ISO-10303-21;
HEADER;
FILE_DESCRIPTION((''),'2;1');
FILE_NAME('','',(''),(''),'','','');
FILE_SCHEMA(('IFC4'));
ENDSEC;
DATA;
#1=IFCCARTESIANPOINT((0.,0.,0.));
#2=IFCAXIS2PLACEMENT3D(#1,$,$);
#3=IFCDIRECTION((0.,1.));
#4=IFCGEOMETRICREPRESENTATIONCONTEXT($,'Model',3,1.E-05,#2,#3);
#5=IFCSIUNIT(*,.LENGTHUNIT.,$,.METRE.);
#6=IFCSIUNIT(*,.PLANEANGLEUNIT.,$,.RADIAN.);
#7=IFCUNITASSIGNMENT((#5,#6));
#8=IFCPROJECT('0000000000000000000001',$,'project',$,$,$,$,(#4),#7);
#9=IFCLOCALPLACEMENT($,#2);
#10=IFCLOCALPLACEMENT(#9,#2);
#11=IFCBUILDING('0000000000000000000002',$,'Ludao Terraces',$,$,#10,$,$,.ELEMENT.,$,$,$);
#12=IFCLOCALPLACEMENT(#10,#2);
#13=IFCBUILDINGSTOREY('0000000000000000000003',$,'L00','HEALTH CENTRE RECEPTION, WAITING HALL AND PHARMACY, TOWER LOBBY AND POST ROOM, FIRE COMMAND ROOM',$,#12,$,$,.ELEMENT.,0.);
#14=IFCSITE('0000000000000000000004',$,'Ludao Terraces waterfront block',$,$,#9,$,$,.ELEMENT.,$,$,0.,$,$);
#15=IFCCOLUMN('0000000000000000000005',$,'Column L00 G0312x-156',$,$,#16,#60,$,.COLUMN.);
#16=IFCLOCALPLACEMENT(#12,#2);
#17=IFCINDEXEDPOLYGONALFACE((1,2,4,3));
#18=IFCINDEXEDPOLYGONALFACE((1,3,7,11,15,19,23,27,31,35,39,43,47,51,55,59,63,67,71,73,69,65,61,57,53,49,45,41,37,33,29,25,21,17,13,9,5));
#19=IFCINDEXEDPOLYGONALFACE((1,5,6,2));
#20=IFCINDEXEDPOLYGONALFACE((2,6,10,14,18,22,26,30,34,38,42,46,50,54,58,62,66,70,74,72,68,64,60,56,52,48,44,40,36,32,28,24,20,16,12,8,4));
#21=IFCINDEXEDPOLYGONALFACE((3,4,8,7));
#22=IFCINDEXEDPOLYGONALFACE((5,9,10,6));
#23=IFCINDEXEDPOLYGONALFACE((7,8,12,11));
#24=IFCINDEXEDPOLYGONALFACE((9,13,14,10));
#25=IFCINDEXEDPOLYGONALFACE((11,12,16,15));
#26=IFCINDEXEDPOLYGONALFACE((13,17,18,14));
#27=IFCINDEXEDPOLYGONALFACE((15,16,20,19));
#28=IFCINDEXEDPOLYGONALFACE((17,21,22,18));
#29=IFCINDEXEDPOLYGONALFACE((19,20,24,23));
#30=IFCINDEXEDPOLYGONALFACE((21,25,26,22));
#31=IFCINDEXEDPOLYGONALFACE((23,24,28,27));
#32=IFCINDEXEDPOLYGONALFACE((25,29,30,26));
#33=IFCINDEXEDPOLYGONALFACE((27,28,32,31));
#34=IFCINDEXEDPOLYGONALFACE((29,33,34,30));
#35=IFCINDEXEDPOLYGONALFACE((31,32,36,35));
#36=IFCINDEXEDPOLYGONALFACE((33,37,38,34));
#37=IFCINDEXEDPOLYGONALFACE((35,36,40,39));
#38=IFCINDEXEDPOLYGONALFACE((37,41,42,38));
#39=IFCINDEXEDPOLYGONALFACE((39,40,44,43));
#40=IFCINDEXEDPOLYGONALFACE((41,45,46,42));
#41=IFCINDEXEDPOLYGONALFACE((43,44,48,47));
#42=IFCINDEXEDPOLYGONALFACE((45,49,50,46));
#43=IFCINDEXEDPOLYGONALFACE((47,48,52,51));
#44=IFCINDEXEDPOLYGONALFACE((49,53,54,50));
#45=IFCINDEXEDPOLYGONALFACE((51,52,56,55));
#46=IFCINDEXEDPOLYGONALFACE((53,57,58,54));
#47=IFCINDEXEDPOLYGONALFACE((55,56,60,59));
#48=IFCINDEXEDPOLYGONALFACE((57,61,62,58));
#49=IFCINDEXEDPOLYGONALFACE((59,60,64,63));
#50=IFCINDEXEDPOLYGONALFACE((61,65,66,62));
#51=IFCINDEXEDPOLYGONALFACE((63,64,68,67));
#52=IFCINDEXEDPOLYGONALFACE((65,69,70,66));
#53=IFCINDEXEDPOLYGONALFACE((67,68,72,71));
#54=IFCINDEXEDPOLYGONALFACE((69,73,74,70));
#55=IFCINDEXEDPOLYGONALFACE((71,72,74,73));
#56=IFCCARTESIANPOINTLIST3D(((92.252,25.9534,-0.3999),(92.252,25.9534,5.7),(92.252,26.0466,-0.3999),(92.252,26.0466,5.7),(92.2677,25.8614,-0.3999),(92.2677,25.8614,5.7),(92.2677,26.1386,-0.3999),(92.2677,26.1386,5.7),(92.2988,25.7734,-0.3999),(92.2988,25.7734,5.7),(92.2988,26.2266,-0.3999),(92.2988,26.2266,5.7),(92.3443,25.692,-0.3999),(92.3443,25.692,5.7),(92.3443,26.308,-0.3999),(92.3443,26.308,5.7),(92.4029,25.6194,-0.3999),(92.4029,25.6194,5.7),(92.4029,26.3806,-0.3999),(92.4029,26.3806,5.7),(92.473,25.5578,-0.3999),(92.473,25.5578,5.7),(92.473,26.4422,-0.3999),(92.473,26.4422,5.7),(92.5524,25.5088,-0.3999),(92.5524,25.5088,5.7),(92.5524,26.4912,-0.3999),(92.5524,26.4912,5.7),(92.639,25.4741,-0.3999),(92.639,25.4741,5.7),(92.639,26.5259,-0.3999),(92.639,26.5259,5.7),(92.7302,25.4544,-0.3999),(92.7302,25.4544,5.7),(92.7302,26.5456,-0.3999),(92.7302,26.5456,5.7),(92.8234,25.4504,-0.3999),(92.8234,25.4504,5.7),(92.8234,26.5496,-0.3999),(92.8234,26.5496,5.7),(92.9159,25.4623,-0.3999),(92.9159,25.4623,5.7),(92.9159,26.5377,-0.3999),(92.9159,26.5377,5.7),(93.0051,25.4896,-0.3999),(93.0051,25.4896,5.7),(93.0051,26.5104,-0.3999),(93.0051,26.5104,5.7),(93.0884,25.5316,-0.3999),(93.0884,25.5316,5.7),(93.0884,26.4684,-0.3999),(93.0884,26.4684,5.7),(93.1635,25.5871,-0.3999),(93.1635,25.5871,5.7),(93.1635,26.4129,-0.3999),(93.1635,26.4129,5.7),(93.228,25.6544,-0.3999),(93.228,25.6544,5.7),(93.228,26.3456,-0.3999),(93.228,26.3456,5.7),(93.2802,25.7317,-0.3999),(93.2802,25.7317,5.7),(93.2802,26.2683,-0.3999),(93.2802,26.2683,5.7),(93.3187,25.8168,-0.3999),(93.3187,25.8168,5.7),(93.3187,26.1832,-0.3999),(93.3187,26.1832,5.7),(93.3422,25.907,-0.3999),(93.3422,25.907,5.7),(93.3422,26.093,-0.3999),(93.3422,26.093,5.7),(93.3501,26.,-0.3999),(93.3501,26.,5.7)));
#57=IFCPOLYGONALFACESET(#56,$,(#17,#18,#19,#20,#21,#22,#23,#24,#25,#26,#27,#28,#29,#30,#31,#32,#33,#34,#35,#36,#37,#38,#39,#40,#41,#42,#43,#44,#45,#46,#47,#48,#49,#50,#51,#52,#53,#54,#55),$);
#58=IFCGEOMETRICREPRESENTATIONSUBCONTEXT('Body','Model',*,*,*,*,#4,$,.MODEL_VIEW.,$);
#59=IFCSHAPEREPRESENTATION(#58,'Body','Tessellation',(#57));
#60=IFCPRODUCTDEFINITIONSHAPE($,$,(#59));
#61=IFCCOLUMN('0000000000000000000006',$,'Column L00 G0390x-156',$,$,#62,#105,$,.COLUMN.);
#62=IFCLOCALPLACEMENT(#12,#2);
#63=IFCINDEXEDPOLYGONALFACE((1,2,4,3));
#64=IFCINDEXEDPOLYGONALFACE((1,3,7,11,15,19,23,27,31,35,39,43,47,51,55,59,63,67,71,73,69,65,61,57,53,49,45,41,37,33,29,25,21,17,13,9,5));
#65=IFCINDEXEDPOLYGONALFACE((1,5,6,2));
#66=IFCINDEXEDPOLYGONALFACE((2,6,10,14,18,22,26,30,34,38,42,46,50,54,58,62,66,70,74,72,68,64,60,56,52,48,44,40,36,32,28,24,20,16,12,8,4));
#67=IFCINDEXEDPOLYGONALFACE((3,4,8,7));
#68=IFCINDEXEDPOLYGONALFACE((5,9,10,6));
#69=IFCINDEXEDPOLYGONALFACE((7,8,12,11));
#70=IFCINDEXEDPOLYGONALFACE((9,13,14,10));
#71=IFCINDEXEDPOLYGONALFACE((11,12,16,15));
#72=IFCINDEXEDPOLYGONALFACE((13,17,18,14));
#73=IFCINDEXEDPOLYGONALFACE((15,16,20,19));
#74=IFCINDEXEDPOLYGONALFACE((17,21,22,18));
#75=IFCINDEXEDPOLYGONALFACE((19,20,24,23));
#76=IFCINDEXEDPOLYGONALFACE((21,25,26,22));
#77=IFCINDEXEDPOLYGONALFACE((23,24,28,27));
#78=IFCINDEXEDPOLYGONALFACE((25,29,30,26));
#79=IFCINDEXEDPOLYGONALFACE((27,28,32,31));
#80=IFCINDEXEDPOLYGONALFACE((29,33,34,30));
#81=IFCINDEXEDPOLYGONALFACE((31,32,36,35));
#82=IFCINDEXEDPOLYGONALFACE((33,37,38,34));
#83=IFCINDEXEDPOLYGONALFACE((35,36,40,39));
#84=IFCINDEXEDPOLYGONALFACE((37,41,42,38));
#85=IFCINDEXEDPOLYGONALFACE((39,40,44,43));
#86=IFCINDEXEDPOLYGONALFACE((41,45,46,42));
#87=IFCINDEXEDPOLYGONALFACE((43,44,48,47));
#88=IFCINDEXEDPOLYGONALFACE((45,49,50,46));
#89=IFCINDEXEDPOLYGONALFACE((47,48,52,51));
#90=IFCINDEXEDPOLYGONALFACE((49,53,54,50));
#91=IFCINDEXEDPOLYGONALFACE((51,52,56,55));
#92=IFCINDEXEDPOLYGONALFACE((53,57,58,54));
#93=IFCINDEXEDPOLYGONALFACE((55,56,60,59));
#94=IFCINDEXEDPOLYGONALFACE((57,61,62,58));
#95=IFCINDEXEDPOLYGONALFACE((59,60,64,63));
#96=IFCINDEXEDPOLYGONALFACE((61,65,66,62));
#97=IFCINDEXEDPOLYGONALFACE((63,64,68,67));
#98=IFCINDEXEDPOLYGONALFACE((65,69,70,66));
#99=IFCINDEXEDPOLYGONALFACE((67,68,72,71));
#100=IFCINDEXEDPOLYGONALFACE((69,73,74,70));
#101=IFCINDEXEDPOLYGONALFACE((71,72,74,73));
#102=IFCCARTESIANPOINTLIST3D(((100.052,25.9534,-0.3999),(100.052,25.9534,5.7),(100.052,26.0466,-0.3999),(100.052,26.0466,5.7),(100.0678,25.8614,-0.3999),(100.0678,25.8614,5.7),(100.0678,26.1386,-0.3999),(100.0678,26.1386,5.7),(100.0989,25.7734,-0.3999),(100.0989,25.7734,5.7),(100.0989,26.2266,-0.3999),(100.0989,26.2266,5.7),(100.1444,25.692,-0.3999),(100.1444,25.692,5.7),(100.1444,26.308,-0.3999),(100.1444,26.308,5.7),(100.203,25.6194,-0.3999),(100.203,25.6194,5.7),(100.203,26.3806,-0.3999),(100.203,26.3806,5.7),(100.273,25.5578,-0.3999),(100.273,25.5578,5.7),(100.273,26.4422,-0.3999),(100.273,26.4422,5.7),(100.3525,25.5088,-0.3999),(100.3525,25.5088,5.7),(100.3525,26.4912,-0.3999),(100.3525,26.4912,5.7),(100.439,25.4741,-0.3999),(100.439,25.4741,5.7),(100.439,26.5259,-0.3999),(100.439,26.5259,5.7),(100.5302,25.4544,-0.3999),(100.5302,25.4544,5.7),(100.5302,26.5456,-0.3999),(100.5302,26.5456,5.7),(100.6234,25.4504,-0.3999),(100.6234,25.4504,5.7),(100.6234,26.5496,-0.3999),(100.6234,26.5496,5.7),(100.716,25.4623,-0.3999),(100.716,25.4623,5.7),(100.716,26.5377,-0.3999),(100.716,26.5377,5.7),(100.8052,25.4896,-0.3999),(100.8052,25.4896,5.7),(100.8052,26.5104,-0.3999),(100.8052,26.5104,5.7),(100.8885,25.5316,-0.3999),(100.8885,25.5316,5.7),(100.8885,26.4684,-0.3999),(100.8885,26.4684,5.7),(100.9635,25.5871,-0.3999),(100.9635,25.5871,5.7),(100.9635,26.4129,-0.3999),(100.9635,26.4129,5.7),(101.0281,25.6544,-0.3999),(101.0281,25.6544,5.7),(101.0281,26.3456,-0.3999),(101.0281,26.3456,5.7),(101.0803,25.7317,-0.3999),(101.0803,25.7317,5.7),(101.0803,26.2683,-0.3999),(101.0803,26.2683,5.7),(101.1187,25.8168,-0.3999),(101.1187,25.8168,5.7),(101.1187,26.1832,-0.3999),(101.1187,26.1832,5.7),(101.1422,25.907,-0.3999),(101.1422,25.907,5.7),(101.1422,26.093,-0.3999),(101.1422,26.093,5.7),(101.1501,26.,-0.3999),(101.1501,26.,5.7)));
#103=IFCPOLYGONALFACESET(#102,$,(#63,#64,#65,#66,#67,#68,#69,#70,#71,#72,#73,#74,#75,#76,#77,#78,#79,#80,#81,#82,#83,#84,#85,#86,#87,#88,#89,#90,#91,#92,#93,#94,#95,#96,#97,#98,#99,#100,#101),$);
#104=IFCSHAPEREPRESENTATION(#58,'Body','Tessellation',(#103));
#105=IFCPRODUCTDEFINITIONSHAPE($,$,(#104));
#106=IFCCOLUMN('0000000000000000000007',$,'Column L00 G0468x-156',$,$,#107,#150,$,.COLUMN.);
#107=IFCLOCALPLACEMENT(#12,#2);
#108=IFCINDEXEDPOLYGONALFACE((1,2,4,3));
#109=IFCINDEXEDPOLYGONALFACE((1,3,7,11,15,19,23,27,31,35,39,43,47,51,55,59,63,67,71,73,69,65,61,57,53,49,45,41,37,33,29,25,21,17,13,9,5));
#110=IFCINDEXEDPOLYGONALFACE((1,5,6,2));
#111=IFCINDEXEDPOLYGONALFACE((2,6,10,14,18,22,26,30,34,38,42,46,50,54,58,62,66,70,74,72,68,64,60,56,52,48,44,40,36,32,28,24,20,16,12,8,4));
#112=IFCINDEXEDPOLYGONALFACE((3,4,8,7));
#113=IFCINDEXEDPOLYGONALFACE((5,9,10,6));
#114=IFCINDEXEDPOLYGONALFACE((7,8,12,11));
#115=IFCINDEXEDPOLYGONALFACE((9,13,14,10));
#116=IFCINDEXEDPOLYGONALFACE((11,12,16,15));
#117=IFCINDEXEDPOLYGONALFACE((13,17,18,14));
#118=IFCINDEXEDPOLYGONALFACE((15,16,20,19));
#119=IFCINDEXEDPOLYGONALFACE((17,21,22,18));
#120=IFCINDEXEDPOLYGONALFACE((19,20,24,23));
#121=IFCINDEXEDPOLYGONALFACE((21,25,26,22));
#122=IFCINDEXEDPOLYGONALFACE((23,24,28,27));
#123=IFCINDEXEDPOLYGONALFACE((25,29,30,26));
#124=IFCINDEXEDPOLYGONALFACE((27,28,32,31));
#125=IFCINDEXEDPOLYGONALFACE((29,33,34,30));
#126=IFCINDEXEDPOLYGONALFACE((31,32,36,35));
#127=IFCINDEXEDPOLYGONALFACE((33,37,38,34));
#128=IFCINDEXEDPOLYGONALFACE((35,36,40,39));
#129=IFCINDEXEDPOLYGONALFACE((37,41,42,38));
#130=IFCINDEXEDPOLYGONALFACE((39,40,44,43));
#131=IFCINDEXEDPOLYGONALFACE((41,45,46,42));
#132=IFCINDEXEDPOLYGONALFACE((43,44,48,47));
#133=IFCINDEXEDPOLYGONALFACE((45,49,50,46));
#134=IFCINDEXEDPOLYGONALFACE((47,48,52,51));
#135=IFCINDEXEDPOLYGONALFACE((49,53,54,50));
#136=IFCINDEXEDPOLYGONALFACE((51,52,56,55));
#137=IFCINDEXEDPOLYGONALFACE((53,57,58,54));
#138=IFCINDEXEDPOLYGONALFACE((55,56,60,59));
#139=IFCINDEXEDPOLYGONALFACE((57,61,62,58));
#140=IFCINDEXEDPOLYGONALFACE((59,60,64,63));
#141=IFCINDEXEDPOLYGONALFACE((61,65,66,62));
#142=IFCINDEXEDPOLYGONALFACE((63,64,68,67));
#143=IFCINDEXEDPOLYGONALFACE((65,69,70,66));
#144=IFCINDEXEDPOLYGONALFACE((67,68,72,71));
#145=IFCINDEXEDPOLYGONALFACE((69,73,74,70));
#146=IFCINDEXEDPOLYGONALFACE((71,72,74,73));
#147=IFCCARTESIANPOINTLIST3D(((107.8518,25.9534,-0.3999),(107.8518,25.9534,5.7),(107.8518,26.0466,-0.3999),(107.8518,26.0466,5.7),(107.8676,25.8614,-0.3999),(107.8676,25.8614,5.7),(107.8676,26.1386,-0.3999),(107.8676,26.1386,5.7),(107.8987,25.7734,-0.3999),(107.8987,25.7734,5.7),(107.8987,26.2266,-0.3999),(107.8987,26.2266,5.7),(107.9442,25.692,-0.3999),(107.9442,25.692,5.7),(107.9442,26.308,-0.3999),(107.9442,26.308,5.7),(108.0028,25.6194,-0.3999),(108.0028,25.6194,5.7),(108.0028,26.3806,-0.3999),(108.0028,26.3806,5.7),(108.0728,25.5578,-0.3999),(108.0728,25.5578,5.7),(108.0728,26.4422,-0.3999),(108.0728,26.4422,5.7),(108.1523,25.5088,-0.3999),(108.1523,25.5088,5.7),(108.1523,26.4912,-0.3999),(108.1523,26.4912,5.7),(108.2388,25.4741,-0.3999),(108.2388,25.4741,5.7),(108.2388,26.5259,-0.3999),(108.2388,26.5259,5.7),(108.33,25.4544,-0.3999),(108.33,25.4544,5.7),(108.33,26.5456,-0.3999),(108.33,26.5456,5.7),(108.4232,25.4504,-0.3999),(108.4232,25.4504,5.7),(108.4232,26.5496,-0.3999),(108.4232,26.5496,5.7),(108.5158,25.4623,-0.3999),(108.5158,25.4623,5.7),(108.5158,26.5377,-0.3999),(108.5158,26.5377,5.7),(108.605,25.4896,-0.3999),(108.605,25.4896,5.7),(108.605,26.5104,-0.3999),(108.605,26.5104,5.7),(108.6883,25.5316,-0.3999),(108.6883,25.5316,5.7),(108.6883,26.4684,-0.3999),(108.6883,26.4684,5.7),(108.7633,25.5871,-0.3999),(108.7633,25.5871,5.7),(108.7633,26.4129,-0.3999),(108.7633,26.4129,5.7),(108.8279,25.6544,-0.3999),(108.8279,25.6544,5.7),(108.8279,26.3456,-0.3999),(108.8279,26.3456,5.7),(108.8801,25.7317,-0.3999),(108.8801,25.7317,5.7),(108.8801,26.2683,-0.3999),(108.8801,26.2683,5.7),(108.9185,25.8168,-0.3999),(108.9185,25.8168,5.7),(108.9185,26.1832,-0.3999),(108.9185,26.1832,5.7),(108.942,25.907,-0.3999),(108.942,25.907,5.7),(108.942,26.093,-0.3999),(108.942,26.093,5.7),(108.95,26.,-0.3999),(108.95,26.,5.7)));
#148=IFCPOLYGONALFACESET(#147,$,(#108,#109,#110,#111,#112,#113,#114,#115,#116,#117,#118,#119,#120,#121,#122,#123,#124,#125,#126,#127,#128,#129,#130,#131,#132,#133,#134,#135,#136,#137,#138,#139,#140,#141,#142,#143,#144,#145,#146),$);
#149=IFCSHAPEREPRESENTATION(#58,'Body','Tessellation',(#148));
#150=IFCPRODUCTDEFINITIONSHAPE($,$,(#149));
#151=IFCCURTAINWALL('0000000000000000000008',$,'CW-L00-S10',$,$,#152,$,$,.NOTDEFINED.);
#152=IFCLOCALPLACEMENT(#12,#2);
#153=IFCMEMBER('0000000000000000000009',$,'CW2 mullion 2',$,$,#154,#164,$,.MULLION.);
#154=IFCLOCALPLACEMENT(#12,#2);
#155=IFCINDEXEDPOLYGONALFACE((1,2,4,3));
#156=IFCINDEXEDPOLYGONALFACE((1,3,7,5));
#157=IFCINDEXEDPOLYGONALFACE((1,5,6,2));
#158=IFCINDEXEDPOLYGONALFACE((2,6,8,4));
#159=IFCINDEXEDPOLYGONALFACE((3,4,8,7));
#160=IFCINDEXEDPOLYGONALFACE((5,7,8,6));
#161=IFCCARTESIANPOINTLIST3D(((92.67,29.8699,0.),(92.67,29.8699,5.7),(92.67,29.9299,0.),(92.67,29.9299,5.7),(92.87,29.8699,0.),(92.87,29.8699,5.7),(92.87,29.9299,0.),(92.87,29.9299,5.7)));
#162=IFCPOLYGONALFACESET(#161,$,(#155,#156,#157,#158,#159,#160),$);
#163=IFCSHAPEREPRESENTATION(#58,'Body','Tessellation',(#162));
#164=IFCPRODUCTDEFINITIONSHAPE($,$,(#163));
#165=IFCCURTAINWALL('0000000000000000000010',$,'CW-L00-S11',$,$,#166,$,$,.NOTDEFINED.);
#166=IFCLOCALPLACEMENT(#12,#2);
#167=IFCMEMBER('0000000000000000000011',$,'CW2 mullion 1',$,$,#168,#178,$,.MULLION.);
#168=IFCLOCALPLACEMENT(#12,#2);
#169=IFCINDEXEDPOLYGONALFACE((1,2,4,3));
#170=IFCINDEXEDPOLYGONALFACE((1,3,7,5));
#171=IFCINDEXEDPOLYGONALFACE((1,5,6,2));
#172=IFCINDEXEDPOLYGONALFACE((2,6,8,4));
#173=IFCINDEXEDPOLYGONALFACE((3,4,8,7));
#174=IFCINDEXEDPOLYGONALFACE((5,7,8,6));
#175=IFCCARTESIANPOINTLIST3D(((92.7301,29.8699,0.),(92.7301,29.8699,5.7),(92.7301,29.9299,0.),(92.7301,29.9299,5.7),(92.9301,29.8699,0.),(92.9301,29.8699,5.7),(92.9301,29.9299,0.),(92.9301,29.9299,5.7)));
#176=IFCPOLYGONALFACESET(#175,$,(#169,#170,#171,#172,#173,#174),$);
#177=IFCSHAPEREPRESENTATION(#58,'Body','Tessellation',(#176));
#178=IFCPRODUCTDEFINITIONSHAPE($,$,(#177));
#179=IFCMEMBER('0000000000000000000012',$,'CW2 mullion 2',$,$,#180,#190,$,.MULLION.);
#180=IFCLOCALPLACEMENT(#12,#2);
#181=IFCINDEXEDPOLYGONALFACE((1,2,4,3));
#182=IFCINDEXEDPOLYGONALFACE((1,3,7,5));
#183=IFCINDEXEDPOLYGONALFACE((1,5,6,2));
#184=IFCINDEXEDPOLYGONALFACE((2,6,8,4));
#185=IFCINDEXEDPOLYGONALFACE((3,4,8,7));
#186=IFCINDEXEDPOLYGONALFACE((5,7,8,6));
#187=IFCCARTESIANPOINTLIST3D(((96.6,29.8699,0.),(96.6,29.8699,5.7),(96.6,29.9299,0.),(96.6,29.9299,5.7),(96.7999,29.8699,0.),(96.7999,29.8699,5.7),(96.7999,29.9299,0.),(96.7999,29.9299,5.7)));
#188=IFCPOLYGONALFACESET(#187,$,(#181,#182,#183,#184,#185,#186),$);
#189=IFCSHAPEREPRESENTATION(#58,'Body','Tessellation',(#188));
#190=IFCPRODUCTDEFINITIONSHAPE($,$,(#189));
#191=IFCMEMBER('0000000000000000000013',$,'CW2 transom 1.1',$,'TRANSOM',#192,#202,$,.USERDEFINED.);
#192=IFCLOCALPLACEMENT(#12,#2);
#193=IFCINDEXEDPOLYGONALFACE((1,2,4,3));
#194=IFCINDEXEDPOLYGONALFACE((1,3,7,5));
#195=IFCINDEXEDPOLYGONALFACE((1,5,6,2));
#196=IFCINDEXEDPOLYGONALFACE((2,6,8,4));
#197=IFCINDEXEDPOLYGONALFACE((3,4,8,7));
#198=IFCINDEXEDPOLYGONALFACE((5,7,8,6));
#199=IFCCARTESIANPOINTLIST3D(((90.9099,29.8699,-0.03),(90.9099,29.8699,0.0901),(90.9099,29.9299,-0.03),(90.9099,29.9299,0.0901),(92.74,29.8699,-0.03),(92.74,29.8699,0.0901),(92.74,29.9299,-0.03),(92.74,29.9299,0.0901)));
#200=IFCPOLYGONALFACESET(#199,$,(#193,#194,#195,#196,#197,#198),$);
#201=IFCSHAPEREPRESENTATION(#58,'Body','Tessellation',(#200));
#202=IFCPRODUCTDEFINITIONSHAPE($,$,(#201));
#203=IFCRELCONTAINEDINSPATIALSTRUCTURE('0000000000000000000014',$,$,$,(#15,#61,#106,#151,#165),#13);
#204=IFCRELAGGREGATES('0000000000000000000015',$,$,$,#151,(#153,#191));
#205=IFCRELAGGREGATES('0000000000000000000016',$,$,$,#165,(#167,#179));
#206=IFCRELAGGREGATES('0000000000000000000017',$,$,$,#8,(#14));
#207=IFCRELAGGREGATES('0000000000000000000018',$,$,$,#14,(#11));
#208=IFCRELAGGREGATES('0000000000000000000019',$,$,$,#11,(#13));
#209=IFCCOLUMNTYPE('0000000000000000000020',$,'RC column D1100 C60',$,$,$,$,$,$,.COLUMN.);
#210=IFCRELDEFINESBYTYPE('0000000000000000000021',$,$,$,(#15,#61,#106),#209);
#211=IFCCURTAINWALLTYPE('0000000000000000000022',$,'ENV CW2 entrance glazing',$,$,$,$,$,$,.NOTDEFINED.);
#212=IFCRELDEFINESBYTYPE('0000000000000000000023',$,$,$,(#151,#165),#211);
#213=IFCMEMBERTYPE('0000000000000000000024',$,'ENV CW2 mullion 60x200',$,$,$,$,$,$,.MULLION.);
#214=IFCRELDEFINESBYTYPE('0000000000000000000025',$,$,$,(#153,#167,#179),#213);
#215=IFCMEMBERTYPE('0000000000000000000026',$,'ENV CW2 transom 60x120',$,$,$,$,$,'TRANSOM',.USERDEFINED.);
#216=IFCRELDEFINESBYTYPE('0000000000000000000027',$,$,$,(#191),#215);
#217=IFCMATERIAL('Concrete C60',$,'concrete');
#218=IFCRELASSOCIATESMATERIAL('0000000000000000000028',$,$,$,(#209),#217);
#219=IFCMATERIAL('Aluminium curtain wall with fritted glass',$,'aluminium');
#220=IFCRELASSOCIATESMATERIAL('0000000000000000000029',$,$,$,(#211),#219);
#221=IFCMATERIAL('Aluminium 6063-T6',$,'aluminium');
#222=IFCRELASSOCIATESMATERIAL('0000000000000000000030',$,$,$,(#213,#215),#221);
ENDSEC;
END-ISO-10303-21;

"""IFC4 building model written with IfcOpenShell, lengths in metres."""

from ifc_helpers import new_model, si_unit, direction, frame, origin, origin_2d, place, context, subcontext, project, spatial, rectangle, circle, extrude, material, material_profile, profile_set, type_object, element, aggregate, save


model = new_model("IFC4")

# Units and contexts
model_context = context("Model", 3, precision=1e-05, world=origin(), true_north=direction((0.0, 1.0)))
body_context = subcontext(model_context, "Body", "Model", "MODEL_VIEW")
ifc_project = project(units=[si_unit("LENGTHUNIT", "METRE"), si_unit("PLANEANGLEUNIT", "RADIAN")], contexts=[model_context])

# Site, building, storey
site_placement = place(None, origin())
site = spatial("IfcSite", under=ifc_project, at=site_placement, Name="Ludao Terraces waterfront block", CompositionType="ELEMENT", RefElevation=0.0)
building_placement = place(site_placement, origin())
building = spatial("IfcBuilding", under=site, at=building_placement, Name="Ludao Terraces", CompositionType="ELEMENT")
storey_placement = place(building_placement, origin())
storey = spatial("IfcBuildingStorey", under=building, at=storey_placement, Name="L00", Description="HEALTH CENTRE RECEPTION, WAITING HALL AND PHARMACY, TOWER LOBBY AND POST ROOM, FIRE COMMAND ROOM", CompositionType="ELEMENT", Elevation=0.0)

# Columns
ifc_material_1 = material(Name="Concrete C60", Category="concrete")
ifc_material_profile_1 = material_profile(ifc_material_1, circle(Radius=0.55, at=origin_2d()), Name="D1100")
ifc_profile_set_1 = profile_set([ifc_material_profile_1], Name="Concrete C60")
column_type = type_object("IfcColumnType", Name="RC column D1100 C60", PredefinedType="COLUMN", material=ifc_profile_set_1)
for number, where, z_axis, x_axis, name in (
    (1, (92.8, 26.0, -0.3999), (0.0, 0.0, 1.0), (1.0, 0.0, 0.0), "Column L00 G0312x-156"),
    (2, (100.6001, 26.0, -0.3999), (0.0, 0.0, 1.0), (1.0, 0.0, 0.0), "Column L00 G0390x-156"),
    (3, (108.3999, 26.0, -0.3999), (0.0, 0.0, 1.0), (1.0, 0.0, 0.0), "Column L00 G0468x-156"),
):
    element("IfcColumn", number, at=place(storey_placement, frame(where, z_axis=z_axis, x_axis=x_axis)), inside=storey, type_object=column_type, Name=name, PredefinedType="COLUMN", context=body_context, shape_type="SweptSolid", body=[
        extrude(circle(Radius=0.55, at=origin_2d()), origin(), (0.0, 0.0, 1.0), 6.0999),
    ])

# Curtain wall, member
ifc_material_2 = material(Name="Aluminium curtain wall with fritted glass", Category="aluminium")
curtain_wall_type = type_object("IfcCurtainWallType", Name="ENV CW2 entrance glazing", PredefinedType="NOTDEFINED", material=ifc_material_2)
curtain_wall_1_placement = place(storey_placement, origin())
curtain_wall_1 = element("IfcCurtainWall", 4, at=curtain_wall_1_placement, inside=storey, type_object=curtain_wall_type, Name="CW-L00-S10", PredefinedType="NOTDEFINED")
ifc_material_3 = material(Name="Aluminium 6063-T6", Category="aluminium")
ifc_material_profile_2 = material_profile(ifc_material_3, rectangle(XDim=0.0601, YDim=0.2, at=origin_2d()), Name="60 X 200")
ifc_profile_set_2 = profile_set([ifc_material_profile_2], Name="Aluminium 6063-T6")
member_type_1 = type_object("IfcMemberType", Name="ENV CW2 mullion 60x200", PredefinedType="MULLION", material=ifc_profile_set_2)
member_1_placement = place(storey_placement, frame((92.77, 29.8999, 0.0), z_axis=(0.0, 0.0, 1.0), x_axis=(0.0, 1.0, 0.0)))
member_1 = element("IfcMember", 5, at=member_1_placement, type_object=member_type_1, Name="CW2 mullion 2", PredefinedType="MULLION", context=body_context, shape_type="SweptSolid", body=[
    extrude(rectangle(XDim=0.0601, YDim=0.2, at=origin_2d()), origin(), (0.0, 0.0, 1.0), 5.7),
])

# Curtain wall, members
curtain_wall_2_placement = place(storey_placement, origin())
curtain_wall_2 = element("IfcCurtainWall", 6, at=curtain_wall_2_placement, inside=storey, type_object=curtain_wall_type, Name="CW-L00-S11", PredefinedType="NOTDEFINED")
member_2_placement = place(storey_placement, frame((92.8301, 29.8999, 0.0), z_axis=(0.0, 0.0, 1.0), x_axis=(0.0, 1.0, 0.0)))
member_2 = element("IfcMember", 7, at=member_2_placement, type_object=member_type_1, Name="CW2 mullion 1", PredefinedType="MULLION", context=body_context, shape_type="SweptSolid", body=[
    extrude(rectangle(XDim=0.0601, YDim=0.2, at=origin_2d()), origin(), (0.0, 0.0, 1.0), 5.7),
])
member_3_placement = place(storey_placement, frame((96.7, 29.8999, 0.0), z_axis=(0.0, 0.0, 1.0), x_axis=(0.0, 1.0, 0.0)))
member_3 = element("IfcMember", 8, at=member_3_placement, type_object=member_type_1, Name="CW2 mullion 2", PredefinedType="MULLION", context=body_context, shape_type="SweptSolid", body=[
    extrude(rectangle(XDim=0.0601, YDim=0.2, at=origin_2d()), origin(), (0.0, 0.0, 1.0), 5.7),
])

# Member
ifc_material_profile_3 = material_profile(ifc_material_3, rectangle(XDim=0.0601, YDim=0.1201, at=origin_2d()), Name="60 X 120")
ifc_profile_set_3 = profile_set([ifc_material_profile_3], Name="Aluminium 6063-T6")
member_type_2 = type_object("IfcMemberType", Name="ENV CW2 transom 60x120", ElementType="TRANSOM", PredefinedType="USERDEFINED", material=ifc_profile_set_3)
member_4_placement = place(storey_placement, frame((90.9099, 29.8999, 0.03), z_axis=(1.0, 0.0, 0.0), x_axis=(0.0, 1.0, 0.0)))
member_4 = element("IfcMember", 9, at=member_4_placement, type_object=member_type_2, Name="CW2 transom 1.1", ObjectType="TRANSOM", PredefinedType="USERDEFINED", context=body_context, shape_type="SweptSolid", body=[
    extrude(rectangle(XDim=0.0601, YDim=0.1201, at=origin_2d()), origin(), (0.0, 0.0, 1.0), 1.8301),
])

aggregate(curtain_wall_1, [member_1, member_4])
aggregate(curtain_wall_2, [member_2, member_3])

save(model, "model.ifc")
